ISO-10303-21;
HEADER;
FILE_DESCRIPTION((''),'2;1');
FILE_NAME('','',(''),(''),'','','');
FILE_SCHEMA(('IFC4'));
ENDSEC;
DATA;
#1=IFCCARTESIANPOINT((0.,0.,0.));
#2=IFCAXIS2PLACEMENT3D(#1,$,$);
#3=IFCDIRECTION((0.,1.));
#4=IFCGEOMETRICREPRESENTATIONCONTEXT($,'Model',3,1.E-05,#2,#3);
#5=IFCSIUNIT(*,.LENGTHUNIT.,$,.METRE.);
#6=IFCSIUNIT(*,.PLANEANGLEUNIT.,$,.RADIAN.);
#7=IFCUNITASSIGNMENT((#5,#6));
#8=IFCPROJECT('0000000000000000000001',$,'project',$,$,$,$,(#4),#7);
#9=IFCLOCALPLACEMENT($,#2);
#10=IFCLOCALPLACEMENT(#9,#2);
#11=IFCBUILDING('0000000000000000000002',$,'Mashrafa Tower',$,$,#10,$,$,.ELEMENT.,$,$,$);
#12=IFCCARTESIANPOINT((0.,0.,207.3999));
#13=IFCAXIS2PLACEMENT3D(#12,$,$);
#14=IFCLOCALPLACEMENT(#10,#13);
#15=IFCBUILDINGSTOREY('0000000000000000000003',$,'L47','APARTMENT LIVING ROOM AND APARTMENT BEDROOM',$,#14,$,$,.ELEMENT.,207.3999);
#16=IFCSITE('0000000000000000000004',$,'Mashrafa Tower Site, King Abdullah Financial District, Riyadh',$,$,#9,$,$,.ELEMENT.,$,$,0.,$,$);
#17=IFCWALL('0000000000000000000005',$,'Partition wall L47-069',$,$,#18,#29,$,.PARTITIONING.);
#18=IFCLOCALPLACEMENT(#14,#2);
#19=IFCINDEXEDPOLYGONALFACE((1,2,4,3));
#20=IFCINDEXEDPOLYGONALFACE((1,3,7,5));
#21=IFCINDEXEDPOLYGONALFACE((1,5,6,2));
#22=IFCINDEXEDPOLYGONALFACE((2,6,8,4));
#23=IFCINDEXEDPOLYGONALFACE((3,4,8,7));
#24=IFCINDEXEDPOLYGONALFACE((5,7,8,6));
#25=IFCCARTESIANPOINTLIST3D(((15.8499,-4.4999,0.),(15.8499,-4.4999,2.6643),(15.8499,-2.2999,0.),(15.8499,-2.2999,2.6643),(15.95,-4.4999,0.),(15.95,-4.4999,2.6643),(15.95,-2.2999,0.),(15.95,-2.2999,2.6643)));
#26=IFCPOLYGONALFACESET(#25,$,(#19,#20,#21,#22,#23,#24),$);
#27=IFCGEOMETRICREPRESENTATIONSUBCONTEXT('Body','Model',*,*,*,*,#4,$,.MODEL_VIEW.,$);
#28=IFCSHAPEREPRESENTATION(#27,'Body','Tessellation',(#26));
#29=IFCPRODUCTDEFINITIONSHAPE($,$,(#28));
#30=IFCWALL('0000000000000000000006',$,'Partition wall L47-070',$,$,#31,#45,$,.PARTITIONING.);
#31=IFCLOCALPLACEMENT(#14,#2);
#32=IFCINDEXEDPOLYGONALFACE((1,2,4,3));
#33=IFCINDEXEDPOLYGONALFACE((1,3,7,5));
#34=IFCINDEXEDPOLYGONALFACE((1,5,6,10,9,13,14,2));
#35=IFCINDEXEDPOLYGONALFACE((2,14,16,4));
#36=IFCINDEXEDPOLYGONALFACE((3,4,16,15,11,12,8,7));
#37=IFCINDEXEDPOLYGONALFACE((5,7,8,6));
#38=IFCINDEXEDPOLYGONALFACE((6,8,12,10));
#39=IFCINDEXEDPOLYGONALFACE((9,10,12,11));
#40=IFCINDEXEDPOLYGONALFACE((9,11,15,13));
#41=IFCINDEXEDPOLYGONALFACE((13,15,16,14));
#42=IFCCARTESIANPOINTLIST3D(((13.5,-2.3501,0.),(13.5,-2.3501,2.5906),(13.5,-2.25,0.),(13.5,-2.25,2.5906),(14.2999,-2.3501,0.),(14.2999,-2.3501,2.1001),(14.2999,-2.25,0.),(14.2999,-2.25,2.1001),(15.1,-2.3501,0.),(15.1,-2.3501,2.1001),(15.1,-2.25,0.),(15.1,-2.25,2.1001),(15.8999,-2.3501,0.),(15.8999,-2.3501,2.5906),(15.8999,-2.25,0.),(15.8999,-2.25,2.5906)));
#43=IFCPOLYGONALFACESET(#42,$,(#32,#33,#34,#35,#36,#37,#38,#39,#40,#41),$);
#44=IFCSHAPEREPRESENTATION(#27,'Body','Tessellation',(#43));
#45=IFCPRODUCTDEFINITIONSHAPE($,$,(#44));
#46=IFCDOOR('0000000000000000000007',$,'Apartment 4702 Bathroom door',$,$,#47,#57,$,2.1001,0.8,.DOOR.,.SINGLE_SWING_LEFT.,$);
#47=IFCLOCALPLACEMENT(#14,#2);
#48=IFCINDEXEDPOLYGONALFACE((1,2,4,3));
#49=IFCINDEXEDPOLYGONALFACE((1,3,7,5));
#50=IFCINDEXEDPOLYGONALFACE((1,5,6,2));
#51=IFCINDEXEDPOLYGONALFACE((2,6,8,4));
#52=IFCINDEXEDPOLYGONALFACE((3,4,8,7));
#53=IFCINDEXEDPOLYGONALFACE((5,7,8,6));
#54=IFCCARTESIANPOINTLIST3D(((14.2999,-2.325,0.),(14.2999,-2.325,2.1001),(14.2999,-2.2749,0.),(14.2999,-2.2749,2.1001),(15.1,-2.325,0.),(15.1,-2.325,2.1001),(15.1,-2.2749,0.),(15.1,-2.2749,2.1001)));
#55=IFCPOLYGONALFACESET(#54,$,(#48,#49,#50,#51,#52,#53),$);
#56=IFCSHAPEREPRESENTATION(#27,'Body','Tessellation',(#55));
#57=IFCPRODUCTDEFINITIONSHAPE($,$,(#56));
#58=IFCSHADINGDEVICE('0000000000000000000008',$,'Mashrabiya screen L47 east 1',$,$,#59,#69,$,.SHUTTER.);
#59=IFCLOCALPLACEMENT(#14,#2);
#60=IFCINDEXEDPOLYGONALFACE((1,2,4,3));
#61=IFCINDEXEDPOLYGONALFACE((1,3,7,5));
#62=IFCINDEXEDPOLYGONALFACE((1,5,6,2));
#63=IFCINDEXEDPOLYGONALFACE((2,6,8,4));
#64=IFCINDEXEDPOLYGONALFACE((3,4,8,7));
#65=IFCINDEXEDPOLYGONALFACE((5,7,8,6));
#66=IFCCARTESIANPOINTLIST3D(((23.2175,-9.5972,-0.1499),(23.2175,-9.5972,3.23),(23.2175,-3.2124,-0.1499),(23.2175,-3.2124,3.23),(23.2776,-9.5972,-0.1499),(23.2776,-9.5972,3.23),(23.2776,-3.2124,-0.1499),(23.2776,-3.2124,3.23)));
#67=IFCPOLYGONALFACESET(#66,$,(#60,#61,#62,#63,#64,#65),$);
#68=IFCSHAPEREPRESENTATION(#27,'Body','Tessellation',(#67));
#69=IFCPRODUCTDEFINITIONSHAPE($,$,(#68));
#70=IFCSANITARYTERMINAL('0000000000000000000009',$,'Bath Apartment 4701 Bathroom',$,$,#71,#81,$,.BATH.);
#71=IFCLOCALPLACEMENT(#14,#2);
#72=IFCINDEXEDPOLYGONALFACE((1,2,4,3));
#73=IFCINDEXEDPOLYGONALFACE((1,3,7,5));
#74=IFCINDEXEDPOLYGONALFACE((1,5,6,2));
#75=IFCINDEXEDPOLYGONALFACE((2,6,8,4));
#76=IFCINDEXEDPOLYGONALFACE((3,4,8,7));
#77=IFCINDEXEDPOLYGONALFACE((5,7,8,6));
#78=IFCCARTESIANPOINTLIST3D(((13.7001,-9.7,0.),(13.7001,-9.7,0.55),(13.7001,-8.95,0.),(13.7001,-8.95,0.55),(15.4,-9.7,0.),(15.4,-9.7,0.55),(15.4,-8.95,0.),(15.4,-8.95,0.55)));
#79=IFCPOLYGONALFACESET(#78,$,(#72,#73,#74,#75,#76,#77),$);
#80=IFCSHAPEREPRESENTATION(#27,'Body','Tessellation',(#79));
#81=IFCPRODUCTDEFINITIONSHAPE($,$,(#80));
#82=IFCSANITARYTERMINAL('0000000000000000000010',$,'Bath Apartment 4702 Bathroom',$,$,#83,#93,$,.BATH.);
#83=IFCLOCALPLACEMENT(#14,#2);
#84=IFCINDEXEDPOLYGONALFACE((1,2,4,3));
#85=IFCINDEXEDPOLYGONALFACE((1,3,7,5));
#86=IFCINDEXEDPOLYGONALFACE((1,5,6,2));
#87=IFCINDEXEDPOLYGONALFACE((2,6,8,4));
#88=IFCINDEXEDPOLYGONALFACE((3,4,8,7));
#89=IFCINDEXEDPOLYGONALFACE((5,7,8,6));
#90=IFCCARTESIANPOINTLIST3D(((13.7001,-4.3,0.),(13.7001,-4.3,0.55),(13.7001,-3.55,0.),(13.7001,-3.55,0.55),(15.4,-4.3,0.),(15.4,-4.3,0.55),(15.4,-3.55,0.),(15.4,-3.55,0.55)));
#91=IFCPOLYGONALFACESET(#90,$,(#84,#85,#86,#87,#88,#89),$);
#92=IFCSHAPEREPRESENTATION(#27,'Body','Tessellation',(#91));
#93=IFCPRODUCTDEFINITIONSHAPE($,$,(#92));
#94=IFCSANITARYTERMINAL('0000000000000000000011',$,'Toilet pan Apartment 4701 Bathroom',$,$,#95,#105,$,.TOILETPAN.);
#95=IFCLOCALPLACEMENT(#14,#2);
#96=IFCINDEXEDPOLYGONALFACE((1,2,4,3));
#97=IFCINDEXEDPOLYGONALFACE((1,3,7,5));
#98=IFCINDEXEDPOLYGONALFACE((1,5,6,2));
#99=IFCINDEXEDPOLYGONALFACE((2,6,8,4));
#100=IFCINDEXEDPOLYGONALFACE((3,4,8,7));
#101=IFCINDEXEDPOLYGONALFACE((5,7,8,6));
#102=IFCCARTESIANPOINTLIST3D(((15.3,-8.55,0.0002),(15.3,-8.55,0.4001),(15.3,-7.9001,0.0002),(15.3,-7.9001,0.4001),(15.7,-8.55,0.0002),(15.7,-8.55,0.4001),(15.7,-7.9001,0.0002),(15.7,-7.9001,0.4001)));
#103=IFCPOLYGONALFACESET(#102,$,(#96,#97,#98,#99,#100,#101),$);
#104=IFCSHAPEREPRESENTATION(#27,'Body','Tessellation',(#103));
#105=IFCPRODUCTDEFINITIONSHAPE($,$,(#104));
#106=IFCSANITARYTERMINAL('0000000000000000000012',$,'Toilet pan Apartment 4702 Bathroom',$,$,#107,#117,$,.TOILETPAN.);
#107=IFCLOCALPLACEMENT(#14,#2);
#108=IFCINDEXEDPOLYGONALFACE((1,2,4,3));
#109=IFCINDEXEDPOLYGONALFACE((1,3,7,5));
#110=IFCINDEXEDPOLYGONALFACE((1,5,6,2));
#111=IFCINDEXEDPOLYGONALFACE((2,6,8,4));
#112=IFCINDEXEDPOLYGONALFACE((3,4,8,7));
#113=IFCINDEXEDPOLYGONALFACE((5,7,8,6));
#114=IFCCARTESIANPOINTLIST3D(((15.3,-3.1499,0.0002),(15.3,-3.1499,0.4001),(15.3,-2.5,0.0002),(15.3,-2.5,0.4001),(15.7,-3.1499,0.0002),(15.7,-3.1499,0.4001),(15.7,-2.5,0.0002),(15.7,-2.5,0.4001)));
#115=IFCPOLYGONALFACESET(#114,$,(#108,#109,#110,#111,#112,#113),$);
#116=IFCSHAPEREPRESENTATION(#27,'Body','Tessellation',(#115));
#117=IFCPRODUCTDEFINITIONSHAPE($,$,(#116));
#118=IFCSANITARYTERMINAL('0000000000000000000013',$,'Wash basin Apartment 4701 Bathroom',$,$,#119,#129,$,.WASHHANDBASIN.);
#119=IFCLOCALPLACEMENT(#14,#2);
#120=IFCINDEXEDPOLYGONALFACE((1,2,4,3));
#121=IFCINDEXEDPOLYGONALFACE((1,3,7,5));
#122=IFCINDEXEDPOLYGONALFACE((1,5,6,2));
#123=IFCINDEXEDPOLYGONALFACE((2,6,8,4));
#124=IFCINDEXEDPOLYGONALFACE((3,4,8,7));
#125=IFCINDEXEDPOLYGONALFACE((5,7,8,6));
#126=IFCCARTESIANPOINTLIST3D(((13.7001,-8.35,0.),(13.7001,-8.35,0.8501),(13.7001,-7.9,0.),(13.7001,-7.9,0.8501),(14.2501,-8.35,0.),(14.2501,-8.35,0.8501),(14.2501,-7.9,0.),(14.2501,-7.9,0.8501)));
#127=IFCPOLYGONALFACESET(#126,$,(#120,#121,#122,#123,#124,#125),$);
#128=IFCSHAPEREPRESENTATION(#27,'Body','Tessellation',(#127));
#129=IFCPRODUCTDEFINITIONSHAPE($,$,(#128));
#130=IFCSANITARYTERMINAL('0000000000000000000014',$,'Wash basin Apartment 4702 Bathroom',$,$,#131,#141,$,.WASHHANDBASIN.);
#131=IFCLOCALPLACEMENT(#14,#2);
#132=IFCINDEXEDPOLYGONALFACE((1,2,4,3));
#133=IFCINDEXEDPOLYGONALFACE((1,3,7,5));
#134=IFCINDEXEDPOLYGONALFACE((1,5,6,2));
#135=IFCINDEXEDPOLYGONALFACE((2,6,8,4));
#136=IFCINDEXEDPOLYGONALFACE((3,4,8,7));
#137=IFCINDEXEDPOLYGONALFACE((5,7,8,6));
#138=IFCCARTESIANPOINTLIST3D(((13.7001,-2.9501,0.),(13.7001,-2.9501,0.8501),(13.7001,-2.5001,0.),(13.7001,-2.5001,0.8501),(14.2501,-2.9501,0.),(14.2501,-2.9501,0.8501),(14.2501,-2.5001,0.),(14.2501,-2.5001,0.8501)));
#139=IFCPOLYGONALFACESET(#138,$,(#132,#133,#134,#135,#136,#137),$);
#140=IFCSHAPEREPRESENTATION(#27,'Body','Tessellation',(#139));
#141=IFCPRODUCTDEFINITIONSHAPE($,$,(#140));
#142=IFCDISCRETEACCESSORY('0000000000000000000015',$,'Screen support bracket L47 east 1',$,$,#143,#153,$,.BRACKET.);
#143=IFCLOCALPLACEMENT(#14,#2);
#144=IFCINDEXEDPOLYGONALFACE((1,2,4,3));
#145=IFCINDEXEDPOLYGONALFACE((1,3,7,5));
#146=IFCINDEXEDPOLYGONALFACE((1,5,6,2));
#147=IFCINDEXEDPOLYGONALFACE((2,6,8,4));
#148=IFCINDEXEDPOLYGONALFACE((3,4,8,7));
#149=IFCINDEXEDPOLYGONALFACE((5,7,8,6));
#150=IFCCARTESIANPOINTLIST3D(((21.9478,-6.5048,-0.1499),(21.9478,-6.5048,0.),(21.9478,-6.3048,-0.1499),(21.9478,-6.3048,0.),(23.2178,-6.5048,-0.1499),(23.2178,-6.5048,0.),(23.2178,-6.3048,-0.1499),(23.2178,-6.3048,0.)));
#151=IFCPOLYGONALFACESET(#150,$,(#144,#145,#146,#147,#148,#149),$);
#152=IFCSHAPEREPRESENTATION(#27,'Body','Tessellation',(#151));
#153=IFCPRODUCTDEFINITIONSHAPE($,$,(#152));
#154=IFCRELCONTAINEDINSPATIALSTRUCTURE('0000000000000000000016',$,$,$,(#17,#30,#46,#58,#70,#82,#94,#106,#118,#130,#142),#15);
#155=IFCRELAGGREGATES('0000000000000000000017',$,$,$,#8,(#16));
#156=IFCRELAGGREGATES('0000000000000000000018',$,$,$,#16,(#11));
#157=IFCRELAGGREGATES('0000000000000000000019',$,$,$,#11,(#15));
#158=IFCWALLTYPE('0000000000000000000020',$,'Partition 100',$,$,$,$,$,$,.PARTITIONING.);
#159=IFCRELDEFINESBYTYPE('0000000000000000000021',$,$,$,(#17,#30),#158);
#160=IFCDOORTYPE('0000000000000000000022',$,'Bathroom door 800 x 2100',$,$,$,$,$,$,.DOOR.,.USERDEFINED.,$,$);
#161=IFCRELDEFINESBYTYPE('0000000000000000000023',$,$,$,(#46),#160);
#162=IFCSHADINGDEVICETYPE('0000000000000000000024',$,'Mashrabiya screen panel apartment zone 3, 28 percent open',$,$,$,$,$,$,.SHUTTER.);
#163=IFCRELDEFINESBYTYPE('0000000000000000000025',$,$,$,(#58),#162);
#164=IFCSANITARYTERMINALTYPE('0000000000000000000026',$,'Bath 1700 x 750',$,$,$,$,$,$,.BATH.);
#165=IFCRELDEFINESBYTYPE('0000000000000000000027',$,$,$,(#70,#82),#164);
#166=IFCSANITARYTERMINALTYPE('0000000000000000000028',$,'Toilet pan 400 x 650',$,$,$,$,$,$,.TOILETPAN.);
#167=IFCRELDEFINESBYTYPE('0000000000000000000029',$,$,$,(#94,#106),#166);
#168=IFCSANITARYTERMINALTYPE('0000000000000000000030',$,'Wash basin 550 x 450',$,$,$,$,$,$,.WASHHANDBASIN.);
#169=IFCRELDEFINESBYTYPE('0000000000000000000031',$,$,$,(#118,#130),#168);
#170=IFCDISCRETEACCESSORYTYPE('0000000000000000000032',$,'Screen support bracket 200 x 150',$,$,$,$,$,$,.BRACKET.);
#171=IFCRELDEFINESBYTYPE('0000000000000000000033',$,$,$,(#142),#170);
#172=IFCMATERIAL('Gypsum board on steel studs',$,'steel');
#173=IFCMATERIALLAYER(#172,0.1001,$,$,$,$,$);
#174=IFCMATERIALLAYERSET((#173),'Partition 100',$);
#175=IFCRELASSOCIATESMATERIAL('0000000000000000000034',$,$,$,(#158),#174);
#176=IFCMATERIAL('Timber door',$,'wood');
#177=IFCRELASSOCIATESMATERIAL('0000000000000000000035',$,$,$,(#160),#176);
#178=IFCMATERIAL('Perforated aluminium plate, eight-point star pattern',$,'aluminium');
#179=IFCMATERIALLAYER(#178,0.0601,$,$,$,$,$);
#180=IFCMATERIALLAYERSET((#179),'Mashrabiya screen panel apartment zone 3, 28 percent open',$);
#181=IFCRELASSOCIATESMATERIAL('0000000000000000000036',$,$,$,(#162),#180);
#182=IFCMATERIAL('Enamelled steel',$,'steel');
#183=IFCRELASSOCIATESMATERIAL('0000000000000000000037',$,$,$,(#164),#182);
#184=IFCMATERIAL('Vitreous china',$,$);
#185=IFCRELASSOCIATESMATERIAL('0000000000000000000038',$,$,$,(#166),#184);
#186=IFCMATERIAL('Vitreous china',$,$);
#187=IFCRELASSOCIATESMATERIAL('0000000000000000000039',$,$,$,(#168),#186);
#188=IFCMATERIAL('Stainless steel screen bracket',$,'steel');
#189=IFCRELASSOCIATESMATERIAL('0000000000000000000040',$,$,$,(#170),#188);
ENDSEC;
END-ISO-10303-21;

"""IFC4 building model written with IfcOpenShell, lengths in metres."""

from ifc_helpers import new_model, si_unit, direction, frame, frame_2d, origin, origin_2d, place, context, subcontext, project, spatial, rectangle, extrude, source, transform, mapped, material, layer, layer_set, type_object, type_shapes, element, fill, save


model = new_model("IFC4")

# Units and contexts
model_context = context("Model", 3, precision=1e-05, world=origin(), true_north=direction((0.0, 1.0)))
body_context = subcontext(model_context, "Body", "Model", "MODEL_VIEW")
ifc_project = project(units=[si_unit("LENGTHUNIT", "METRE"), si_unit("PLANEANGLEUNIT", "RADIAN")], contexts=[model_context])

# Site, building, storey
site_placement = place(None, origin())
site = spatial("IfcSite", under=ifc_project, at=site_placement, Name="Mashrafa Tower Site, King Abdullah Financial District, Riyadh", CompositionType="ELEMENT", RefElevation=0.0)
building_placement = place(site_placement, origin())
building = spatial("IfcBuilding", under=site, at=building_placement, Name="Mashrafa Tower", CompositionType="ELEMENT")
storey_placement = place(building_placement, frame((0.0, 0.0, 207.3999)))
storey = spatial("IfcBuildingStorey", under=building, at=storey_placement, Name="L47", Description="APARTMENT LIVING ROOM AND APARTMENT BEDROOM", CompositionType="ELEMENT", Elevation=207.3999)

# Shared definitions
ifc_material_1 = material(Name="Gypsum board on steel studs", Category="steel")
ifc_layer_1 = layer(ifc_material_1, 0.1001)
ifc_layer_set_1 = layer_set([ifc_layer_1], Name="Partition 100")
wall_type_1 = type_object("IfcWallType", Name="Partition 100", PredefinedType="PARTITIONING", material=ifc_layer_set_1)
ifc_material_2 = material(Name="Timber door", Category="wood")
door_type_1 = type_object("IfcDoorType", Name="Bathroom door 800 x 2100", OperationType="USERDEFINED", PredefinedType="DOOR", material=ifc_material_2)

# Wall
wall_1_placement = place(storey_placement, frame((15.8999, -4.5, 0.0), z_axis=(0.0, 0.0, 1.0), x_axis=(0.0, 1.0, 0.0)))
element("IfcWall", 1, at=wall_1_placement, inside=storey, type_object=wall_type_1, Name="Partition wall L47-069", PredefinedType="PARTITIONING", context=body_context, shape_type="SweptSolid", body=[
    extrude(rectangle(XDim=2.2, YDim=0.1001, at=frame_2d((1.1001, 0.0))), origin(), (0.0, 0.0, 1.0), 2.6643),
])

# Wall, opening, door
wall_2_placement = place(storey_placement, frame((15.8999, -2.3, 0.0), z_axis=(0.0, 0.0, 1.0), x_axis=(-1.0, 0.0, 0.0)))
wall_2 = element("IfcWall", 2, at=wall_2_placement, inside=storey, type_object=wall_type_1, Name="Partition wall L47-070", PredefinedType="PARTITIONING", context=body_context, shape_type="SweptSolid", body=[
    extrude(rectangle(XDim=2.3999, YDim=0.1001, at=frame_2d((1.2, 0.0))), origin(), (0.0, 0.0, 1.0), 2.5906),
])
opening_1_placement = place(wall_2_placement, frame((0.8, 0.0, 0.0)))
opening_1 = element("IfcOpeningElement", 3, at=opening_1_placement, cuts=wall_2, PredefinedType="OPENING", context=body_context, shape_type="SweptSolid", body=[
    extrude(rectangle(XDim=0.8, YDim=2.1001, at=frame_2d((0.3999, 1.05))), frame((0.0, 0.0601, 0.0), z_axis=(0.0, -1.0, 0.0), x_axis=(1.0, 0.0, 0.0)), (0.0, 0.0, 1.0), 0.1201),
])
door_1_placement = place(opening_1_placement, origin())
door_1 = element("IfcDoor", 4, at=door_1_placement, inside=storey, type_object=door_type_1, Name="Apartment 4702 Bathroom door", OperationType="SINGLE_SWING_LEFT", OverallHeight=2.1001, OverallWidth=0.8, PredefinedType="DOOR", context=body_context, shape_type="SweptSolid", body=[
    extrude(rectangle(XDim=0.8, YDim=2.1001, at=frame_2d((0.3999, 1.05))), frame((0.0, 0.0249, 0.0), z_axis=(0.0, -1.0, 0.0), x_axis=(1.0, 0.0, 0.0)), (0.0, 0.0, 1.0), 0.05),
])
fill(opening_1, door_1)

# Shading device
ifc_material_3 = material(Name="Perforated aluminium plate, eight-point star pattern", Category="aluminium")
ifc_layer_2 = layer(ifc_material_3, 0.0601)
ifc_layer_set_2 = layer_set([ifc_layer_2], Name="Mashrabiya screen panel apartment zone 3, 28 percent open")
shading_device_type = type_object("IfcShadingDeviceType", Name="Mashrabiya screen panel apartment zone 3, 28 percent open", PredefinedType="SHUTTER", material=ifc_layer_set_2)
shared_shape_1 = source(origin(), body_context, "Body", "SweptSolid", [
    extrude(rectangle(XDim=6.3848, YDim=0.0601, at=origin_2d()), origin(), (0.0, 0.0, 1.0), 3.3799),
])
type_shapes(shading_device_type, [shared_shape_1])
shading_device_placement = place(storey_placement, frame((23.2476, -6.4048, -0.1499), z_axis=(0.0, 0.0, 1.0), x_axis=(0.0, 1.0, 0.0)))
element("IfcShadingDevice", 5, at=shading_device_placement, inside=storey, type_object=shading_device_type, Name="Mashrabiya screen L47 east 1", PredefinedType="SHUTTER", context=body_context, shape_type="MappedRepresentation", body=[
    mapped(shared_shape_1, transform((0.0, 0.0, 0.0))),
])

# Sanitary terminals
ifc_material_4 = material(Name="Enamelled steel", Category="steel")
sanitary_terminal_type_1 = type_object("IfcSanitaryTerminalType", Name="Bath 1700 x 750", PredefinedType="BATH", material=ifc_material_4)
for number, where, z_axis, x_axis, name in (
    (6, (14.55, -9.325, 0.0), (0.0, 0.0, 1.0), (1.0, 0.0, 0.0), "Bath Apartment 4701 Bathroom"),
    (7, (14.55, -3.925, 0.0), (0.0, 0.0, 1.0), (1.0, 0.0, 0.0), "Bath Apartment 4702 Bathroom"),
):
    element("IfcSanitaryTerminal", number, at=place(storey_placement, frame(where, z_axis=z_axis, x_axis=x_axis)), inside=storey, type_object=sanitary_terminal_type_1, Name=name, PredefinedType="BATH", context=body_context, shape_type="SweptSolid", body=[
        extrude(rectangle(XDim=1.7, YDim=0.75, at=origin_2d()), origin(), (0.0, 0.0, 1.0), 0.55),
    ])
ifc_material_5 = material(Name="Vitreous china")
sanitary_terminal_type_2 = type_object("IfcSanitaryTerminalType", Name="Toilet pan 400 x 650", PredefinedType="TOILETPAN", material=ifc_material_5)
for number, where, z_axis, x_axis, name in (
    (8, (15.5, -8.2251, 0.0002), (0.0, 0.0, 1.0), (-1.0, 0.0, 0.0), "Toilet pan Apartment 4701 Bathroom"),
    (9, (15.5, -2.825, 0.0002), (0.0, 0.0, 1.0), (-1.0, 0.0, 0.0), "Toilet pan Apartment 4702 Bathroom"),
):
    element("IfcSanitaryTerminal", number, at=place(storey_placement, frame(where, z_axis=z_axis, x_axis=x_axis)), inside=storey, type_object=sanitary_terminal_type_2, Name=name, PredefinedType="TOILETPAN", context=body_context, shape_type="SweptSolid", body=[
        extrude(rectangle(XDim=0.3999, YDim=0.6499, at=origin_2d()), origin(), (0.0, 0.0, 1.0), 0.3999),
    ])
ifc_material_6 = material(Name="Vitreous china")
sanitary_terminal_type_3 = type_object("IfcSanitaryTerminalType", Name="Wash basin 550 x 450", PredefinedType="WASHHANDBASIN", material=ifc_material_6)
for number, where, z_axis, x_axis, name in (
    (10, (13.9751, -8.125, 0.0), (0.0, 0.0, 1.0), (-1.0, 0.0, 0.0), "Wash basin Apartment 4701 Bathroom"),
    (11, (13.9751, -2.7251, 0.0), (0.0, 0.0, 1.0), (-1.0, 0.0, 0.0), "Wash basin Apartment 4702 Bathroom"),
):
    element("IfcSanitaryTerminal", number, at=place(storey_placement, frame(where, z_axis=z_axis, x_axis=x_axis)), inside=storey, type_object=sanitary_terminal_type_3, Name=name, PredefinedType="WASHHANDBASIN", context=body_context, shape_type="SweptSolid", body=[
        extrude(rectangle(XDim=0.55, YDim=0.45, at=origin_2d()), origin(), (0.0, 0.0, 1.0), 0.8501),
    ])

# Discrete accessory
ifc_material_7 = material(Name="Stainless steel screen bracket", Category="steel")
discrete_accessory_type = type_object("IfcDiscreteAccessoryType", Name="Screen support bracket 200 x 150", PredefinedType="BRACKET", material=ifc_material_7)
shared_shape_2 = source(origin(), body_context, "Body", "SweptSolid", [
    extrude(rectangle(XDim=0.2, YDim=1.27, at=origin_2d()), origin(), (0.0, 0.0, 1.0), 0.1499),
])
type_shapes(discrete_accessory_type, [shared_shape_2])
discrete_accessory_placement = place(storey_placement, frame((22.5828, -6.4048, -0.1499), z_axis=(0.0, 0.0, 1.0), x_axis=(0.0, 1.0, 0.0)))
element("IfcDiscreteAccessory", 12, at=discrete_accessory_placement, inside=storey, type_object=discrete_accessory_type, Name="Screen support bracket L47 east 1", PredefinedType="BRACKET", context=body_context, shape_type="MappedRepresentation", body=[
    mapped(shared_shape_2, transform((0.0, 0.0, 0.0))),
])

save(model, "model.ifc")
